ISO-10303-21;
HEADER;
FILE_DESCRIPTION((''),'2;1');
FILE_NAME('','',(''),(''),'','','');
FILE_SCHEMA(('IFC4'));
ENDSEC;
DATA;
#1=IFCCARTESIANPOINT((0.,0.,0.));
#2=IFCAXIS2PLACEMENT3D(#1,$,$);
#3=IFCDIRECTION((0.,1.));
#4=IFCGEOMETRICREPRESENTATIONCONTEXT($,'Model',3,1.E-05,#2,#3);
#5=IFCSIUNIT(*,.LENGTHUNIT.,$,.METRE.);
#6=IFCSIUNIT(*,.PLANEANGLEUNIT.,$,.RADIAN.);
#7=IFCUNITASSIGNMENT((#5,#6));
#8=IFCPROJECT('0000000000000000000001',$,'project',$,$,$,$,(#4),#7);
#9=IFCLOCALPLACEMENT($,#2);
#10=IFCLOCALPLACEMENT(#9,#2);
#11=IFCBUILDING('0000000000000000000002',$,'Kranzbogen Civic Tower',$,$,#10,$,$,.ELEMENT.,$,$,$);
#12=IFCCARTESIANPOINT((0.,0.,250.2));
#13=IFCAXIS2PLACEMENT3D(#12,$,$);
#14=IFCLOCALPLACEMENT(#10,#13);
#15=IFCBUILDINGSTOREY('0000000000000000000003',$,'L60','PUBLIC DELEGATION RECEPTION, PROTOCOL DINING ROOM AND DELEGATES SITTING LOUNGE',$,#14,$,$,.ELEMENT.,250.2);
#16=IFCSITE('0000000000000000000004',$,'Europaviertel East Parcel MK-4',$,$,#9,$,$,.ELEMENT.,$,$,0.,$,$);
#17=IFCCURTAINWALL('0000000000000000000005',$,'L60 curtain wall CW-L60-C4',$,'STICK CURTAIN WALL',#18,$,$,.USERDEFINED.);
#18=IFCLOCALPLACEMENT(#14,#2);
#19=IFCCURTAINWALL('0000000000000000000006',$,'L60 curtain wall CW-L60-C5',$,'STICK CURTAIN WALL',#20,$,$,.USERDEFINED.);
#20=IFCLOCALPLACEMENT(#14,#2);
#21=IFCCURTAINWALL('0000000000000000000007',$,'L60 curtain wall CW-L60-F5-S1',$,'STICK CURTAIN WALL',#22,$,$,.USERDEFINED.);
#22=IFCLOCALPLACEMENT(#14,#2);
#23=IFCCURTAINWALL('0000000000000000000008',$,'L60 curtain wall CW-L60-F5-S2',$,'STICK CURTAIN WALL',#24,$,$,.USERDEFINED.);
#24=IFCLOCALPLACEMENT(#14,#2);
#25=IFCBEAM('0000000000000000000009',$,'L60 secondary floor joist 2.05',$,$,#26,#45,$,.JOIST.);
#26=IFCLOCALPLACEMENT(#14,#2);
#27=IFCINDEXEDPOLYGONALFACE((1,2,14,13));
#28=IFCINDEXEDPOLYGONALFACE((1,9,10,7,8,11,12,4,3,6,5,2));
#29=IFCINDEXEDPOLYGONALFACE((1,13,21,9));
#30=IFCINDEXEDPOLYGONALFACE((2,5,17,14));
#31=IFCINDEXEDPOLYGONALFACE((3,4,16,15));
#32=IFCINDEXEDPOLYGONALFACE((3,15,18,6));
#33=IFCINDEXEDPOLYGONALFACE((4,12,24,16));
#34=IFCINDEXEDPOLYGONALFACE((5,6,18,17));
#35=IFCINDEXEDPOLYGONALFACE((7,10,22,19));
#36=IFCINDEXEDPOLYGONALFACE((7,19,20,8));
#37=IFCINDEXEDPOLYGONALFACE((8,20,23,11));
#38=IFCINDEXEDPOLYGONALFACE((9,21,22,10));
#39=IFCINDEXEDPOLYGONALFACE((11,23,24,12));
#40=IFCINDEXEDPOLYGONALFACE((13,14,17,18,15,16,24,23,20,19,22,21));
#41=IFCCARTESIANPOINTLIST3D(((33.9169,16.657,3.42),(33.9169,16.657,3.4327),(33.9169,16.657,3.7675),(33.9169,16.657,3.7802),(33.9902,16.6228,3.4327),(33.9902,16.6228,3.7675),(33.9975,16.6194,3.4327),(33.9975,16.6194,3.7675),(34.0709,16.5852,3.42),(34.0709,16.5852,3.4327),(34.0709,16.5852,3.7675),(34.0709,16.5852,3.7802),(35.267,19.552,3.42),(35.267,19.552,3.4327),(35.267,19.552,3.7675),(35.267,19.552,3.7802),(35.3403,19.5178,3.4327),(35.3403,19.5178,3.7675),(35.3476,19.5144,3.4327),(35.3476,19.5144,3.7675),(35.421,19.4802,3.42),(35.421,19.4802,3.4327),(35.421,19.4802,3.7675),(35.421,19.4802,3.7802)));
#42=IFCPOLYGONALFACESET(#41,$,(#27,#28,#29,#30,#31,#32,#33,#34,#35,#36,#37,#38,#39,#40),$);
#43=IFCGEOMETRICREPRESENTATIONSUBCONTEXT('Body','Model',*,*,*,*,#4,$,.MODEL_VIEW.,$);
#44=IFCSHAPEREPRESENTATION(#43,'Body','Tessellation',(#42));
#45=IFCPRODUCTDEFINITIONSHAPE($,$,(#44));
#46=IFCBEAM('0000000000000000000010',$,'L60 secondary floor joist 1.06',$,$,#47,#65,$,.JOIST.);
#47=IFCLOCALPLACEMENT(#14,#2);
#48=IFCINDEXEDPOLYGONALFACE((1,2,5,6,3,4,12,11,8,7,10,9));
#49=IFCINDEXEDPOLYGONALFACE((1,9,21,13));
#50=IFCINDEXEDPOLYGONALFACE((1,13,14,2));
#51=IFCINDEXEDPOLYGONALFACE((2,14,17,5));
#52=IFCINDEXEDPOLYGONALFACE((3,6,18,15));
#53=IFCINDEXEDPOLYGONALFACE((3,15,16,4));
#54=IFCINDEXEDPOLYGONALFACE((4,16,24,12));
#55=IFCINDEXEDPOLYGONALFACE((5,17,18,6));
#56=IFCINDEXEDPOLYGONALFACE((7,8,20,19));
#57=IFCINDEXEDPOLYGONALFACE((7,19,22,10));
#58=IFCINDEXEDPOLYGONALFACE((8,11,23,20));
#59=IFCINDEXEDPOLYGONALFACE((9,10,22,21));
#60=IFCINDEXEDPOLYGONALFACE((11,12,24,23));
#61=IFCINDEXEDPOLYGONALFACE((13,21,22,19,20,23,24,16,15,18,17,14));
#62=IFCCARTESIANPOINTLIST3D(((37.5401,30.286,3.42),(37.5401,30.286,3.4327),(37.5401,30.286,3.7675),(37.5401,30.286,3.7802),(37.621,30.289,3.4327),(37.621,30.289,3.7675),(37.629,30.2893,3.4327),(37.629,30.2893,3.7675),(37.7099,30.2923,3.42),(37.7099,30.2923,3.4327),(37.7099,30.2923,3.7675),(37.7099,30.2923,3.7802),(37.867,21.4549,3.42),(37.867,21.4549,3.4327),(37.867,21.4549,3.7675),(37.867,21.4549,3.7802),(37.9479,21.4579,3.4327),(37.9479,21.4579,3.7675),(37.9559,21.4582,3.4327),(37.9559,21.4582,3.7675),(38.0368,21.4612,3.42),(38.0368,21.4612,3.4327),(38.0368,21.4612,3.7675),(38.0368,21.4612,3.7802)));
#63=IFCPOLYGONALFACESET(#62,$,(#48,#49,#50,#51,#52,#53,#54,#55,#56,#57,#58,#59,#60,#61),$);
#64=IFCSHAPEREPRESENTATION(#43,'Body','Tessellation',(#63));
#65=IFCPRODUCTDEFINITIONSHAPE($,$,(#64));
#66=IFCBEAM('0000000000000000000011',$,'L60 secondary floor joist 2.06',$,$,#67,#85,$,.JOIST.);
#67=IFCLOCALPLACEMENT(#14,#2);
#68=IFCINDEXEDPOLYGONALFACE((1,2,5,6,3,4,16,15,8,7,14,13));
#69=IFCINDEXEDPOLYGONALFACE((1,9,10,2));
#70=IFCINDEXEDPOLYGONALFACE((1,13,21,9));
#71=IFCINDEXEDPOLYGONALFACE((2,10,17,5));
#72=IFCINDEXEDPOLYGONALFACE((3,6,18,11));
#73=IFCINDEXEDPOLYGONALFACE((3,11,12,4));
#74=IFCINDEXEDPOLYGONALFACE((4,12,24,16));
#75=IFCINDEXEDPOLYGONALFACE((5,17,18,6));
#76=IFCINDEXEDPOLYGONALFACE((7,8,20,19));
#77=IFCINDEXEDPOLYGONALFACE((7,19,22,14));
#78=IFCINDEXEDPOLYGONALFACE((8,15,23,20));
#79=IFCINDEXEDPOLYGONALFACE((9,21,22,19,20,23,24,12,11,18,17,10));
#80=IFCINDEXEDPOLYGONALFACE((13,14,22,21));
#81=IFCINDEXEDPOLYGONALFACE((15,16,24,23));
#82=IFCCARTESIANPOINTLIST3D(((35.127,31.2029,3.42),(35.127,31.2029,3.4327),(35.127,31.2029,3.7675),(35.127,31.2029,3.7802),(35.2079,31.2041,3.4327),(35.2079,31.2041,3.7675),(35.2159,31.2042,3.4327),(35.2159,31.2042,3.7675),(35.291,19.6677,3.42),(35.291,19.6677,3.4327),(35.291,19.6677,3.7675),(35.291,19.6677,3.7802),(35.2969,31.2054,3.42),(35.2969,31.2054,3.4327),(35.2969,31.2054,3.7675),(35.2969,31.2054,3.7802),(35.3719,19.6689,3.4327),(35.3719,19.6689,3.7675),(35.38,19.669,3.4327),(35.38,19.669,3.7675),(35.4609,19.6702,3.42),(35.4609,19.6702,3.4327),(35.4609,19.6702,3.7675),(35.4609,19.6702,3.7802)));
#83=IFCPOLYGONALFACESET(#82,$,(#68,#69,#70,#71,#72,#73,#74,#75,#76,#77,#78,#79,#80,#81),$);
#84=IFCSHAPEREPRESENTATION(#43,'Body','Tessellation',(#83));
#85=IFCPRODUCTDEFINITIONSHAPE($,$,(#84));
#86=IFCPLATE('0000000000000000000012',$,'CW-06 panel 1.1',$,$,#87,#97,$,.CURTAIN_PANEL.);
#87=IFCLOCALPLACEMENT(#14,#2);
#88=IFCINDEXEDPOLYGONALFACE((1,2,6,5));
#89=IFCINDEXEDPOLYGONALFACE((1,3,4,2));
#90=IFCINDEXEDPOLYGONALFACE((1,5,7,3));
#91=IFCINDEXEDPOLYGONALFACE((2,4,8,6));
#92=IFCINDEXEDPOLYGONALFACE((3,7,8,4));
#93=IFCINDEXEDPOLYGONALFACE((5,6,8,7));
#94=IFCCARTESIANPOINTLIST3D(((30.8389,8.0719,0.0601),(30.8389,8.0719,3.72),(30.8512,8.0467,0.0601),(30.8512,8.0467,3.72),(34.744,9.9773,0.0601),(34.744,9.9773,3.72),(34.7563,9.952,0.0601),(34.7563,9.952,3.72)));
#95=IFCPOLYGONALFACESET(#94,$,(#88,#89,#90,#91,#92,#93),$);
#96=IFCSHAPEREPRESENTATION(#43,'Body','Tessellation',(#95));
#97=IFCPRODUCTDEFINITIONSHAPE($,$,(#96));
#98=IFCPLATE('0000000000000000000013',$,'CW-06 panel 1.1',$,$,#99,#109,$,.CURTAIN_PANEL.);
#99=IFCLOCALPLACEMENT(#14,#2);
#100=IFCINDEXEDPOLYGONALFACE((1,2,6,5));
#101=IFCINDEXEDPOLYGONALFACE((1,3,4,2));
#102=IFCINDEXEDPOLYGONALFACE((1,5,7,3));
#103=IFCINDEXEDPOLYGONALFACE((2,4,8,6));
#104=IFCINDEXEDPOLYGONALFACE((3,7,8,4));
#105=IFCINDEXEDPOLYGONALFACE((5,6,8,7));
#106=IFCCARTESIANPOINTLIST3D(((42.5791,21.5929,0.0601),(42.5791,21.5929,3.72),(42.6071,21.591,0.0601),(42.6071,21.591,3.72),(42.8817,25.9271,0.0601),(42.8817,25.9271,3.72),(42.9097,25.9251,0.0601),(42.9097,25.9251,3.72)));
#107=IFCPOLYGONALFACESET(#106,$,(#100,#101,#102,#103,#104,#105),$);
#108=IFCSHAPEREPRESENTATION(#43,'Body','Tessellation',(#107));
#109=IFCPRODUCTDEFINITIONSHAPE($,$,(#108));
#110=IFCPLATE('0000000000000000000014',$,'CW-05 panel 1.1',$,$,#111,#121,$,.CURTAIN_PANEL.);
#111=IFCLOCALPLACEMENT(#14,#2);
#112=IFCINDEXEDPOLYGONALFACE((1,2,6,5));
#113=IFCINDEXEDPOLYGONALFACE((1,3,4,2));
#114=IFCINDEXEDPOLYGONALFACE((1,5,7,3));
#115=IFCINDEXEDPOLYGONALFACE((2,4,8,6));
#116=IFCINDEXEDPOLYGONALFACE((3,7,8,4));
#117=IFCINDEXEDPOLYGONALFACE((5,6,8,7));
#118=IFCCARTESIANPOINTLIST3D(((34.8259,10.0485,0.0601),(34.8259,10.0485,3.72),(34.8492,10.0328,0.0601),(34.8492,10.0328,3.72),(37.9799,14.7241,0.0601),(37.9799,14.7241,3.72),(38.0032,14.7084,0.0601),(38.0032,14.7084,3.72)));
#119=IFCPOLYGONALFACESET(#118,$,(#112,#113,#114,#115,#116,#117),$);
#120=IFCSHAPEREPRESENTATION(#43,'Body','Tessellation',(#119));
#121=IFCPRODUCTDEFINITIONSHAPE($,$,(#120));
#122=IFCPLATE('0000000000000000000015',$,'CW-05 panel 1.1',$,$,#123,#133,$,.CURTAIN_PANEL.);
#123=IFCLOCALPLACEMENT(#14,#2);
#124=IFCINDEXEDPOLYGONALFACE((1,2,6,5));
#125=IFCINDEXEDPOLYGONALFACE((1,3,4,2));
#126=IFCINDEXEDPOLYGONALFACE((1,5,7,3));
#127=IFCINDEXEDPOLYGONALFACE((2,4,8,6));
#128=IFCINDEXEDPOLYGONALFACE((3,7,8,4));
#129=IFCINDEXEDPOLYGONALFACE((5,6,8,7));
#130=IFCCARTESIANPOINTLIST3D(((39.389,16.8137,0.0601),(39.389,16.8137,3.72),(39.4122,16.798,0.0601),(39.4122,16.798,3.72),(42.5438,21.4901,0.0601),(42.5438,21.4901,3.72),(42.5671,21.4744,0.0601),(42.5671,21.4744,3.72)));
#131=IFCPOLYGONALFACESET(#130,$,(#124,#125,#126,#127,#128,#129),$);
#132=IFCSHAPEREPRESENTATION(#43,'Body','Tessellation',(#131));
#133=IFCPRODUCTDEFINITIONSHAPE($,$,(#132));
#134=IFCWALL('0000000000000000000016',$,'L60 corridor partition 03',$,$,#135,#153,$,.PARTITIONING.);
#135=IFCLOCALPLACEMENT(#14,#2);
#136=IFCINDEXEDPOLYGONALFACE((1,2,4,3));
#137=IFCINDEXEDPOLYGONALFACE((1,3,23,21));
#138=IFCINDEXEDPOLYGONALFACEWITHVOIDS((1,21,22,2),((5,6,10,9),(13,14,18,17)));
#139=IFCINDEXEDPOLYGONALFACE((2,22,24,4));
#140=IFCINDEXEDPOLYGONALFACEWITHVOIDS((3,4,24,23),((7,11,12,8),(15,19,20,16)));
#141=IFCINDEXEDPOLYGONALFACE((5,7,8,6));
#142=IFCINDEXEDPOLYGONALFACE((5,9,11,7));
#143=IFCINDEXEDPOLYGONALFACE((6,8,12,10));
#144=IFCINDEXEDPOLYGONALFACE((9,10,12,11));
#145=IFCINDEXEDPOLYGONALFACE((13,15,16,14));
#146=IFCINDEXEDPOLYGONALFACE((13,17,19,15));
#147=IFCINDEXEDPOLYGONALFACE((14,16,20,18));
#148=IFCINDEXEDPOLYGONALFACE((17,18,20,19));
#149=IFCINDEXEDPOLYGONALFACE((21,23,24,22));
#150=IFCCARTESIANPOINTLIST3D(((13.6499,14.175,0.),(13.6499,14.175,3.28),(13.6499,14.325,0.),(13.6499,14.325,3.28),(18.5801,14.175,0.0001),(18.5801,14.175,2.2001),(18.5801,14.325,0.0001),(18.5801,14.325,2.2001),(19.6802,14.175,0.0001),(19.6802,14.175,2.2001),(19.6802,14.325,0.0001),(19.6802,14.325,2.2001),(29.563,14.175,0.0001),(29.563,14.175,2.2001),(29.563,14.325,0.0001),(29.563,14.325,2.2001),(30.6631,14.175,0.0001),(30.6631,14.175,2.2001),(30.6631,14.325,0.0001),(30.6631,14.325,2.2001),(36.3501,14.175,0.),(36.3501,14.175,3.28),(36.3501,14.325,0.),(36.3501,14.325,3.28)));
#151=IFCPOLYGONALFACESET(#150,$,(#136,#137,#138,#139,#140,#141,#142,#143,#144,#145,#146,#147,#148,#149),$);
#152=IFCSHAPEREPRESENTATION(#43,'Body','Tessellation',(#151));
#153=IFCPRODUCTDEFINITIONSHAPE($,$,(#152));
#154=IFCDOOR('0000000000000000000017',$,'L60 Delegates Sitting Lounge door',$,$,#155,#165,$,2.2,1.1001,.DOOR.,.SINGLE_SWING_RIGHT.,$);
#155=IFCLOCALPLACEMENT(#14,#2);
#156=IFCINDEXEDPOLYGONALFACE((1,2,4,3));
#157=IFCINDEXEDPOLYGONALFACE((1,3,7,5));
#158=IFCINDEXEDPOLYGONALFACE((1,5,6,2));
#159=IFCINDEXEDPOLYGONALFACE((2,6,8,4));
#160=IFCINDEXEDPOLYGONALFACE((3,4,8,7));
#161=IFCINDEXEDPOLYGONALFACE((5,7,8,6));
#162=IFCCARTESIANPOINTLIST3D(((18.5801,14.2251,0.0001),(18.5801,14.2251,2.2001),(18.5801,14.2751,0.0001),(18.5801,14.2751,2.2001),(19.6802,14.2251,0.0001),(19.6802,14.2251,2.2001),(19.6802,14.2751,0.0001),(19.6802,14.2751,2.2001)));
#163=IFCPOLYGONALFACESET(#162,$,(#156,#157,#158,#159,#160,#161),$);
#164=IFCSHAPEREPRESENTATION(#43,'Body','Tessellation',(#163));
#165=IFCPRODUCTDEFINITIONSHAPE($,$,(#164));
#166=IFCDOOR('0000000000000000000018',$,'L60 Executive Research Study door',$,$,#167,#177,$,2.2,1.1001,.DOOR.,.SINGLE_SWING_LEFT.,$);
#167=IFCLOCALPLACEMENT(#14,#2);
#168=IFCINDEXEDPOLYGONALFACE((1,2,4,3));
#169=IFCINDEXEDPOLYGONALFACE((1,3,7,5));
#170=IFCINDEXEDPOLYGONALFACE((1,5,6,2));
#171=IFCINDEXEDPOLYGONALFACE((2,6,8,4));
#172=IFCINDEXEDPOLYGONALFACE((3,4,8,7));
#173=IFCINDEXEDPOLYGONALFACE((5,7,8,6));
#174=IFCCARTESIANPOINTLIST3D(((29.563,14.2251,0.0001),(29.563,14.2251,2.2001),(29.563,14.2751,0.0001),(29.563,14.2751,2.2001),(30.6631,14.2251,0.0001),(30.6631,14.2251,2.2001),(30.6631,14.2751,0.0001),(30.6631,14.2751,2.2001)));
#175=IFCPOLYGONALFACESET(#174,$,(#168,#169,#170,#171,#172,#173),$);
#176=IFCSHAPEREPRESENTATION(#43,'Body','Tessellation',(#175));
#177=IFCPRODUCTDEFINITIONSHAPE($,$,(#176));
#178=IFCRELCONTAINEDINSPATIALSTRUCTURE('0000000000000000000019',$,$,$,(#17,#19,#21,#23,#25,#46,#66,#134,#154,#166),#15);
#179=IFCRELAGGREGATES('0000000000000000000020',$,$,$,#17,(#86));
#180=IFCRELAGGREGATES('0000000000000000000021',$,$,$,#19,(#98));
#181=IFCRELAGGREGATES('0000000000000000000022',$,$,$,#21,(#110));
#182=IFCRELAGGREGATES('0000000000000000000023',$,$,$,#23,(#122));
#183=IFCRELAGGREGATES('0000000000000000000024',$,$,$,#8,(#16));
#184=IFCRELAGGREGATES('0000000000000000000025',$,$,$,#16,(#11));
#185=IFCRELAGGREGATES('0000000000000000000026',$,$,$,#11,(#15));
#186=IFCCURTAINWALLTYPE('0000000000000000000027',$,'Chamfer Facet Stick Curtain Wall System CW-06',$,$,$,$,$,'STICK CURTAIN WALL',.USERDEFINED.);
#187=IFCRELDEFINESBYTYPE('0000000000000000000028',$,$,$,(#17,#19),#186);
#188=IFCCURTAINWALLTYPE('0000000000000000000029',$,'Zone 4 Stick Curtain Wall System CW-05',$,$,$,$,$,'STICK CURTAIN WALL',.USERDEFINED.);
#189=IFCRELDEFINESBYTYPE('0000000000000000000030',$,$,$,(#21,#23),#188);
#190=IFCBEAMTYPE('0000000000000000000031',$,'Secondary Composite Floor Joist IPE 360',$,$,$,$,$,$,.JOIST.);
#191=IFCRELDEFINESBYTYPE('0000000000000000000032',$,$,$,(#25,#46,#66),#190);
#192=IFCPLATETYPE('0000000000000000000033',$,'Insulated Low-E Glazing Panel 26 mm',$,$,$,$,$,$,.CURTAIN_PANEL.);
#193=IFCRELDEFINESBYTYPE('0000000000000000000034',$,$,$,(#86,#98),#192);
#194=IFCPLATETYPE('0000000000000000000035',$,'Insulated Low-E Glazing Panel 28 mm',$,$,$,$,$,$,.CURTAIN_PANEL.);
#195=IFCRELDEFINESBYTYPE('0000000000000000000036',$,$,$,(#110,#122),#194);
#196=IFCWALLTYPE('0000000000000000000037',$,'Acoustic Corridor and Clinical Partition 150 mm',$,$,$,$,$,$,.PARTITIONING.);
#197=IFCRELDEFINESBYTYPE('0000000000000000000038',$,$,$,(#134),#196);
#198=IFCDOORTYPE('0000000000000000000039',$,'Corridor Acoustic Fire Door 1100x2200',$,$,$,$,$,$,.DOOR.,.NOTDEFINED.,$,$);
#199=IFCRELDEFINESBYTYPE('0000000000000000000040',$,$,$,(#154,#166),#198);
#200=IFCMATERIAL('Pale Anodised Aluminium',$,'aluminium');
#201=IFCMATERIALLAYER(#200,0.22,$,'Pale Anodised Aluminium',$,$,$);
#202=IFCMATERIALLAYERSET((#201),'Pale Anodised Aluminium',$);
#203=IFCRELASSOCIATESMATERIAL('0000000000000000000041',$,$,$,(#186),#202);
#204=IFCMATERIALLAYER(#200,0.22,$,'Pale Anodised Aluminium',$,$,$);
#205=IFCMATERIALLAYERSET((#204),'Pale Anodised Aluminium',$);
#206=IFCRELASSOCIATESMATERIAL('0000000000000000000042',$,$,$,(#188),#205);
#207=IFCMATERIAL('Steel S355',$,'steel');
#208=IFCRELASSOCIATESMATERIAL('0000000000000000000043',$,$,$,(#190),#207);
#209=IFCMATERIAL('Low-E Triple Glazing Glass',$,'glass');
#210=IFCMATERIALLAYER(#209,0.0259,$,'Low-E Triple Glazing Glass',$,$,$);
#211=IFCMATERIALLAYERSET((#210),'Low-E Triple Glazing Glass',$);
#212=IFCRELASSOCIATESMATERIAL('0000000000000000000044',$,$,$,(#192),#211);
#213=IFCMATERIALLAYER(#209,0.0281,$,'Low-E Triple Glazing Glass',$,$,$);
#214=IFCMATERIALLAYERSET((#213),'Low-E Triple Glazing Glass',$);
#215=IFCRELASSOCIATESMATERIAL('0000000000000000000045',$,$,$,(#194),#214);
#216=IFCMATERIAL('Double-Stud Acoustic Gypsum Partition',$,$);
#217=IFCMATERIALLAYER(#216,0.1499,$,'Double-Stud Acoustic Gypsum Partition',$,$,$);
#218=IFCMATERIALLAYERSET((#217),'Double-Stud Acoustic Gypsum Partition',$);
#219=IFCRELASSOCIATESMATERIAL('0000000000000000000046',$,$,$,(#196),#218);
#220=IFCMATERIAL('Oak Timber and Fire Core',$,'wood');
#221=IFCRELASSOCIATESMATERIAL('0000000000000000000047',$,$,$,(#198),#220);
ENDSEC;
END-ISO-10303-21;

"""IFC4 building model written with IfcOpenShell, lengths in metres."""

from ifc_helpers import new_model, si_unit, direction, frame, frame_2d, origin, origin_2d, place, context, subcontext, project, spatial, rectangle, i_section, extrude, material, layer, layer_set, material_profile, profile_set, type_object, element, fill, aggregate, save


model = new_model("IFC4")

# Units and contexts
model_context = context("Model", 3, precision=1e-05, world=origin(), true_north=direction((0.0, 1.0)))
body_context = subcontext(model_context, "Body", "Model", "MODEL_VIEW")
ifc_project = project(units=[si_unit("LENGTHUNIT", "METRE"), si_unit("PLANEANGLEUNIT", "RADIAN")], contexts=[model_context])

# Site, building, storey
site_placement = place(None, origin())
site = spatial("IfcSite", under=ifc_project, at=site_placement, Name="Europaviertel East Parcel MK-4", CompositionType="ELEMENT", RefElevation=0.0)
building_placement = place(site_placement, origin())
building = spatial("IfcBuilding", under=site, at=building_placement, Name="Kranzbogen Civic Tower", CompositionType="ELEMENT")
storey_placement = place(building_placement, frame((0.0, 0.0, 250.2)))
storey = spatial("IfcBuildingStorey", under=building, at=storey_placement, Name="L60", Description="PUBLIC DELEGATION RECEPTION, PROTOCOL DINING ROOM AND DELEGATES SITTING LOUNGE", CompositionType="ELEMENT", Elevation=250.2)

# Shared definitions
ifc_material_1 = material(Name="Steel S355", Category="steel")

# Curtain walls
ifc_material_2 = material(Name="Pale Anodised Aluminium", Category="aluminium")
ifc_layer_1 = layer(ifc_material_2, 0.22, Name="Pale Anodised Aluminium")
ifc_layer_set_1 = layer_set([ifc_layer_1], Name="Pale Anodised Aluminium")
curtain_wall_type_1 = type_object("IfcCurtainWallType", Name="Chamfer Facet Stick Curtain Wall System CW-06", ElementType="STICK CURTAIN WALL", PredefinedType="USERDEFINED", material=ifc_layer_set_1)
curtain_wall_1_placement = place(storey_placement, origin())
curtain_wall_1 = element("IfcCurtainWall", 1, at=curtain_wall_1_placement, inside=storey, type_object=curtain_wall_type_1, Name="L60 curtain wall CW-L60-C4", ObjectType="STICK CURTAIN WALL", PredefinedType="USERDEFINED")
curtain_wall_2_placement = place(storey_placement, origin())
curtain_wall_2 = element("IfcCurtainWall", 2, at=curtain_wall_2_placement, inside=storey, type_object=curtain_wall_type_1, Name="L60 curtain wall CW-L60-C5", ObjectType="STICK CURTAIN WALL", PredefinedType="USERDEFINED")

# Curtain walls
ifc_layer_2 = layer(ifc_material_2, 0.22, Name="Pale Anodised Aluminium")
ifc_layer_set_2 = layer_set([ifc_layer_2], Name="Pale Anodised Aluminium")
curtain_wall_type_2 = type_object("IfcCurtainWallType", Name="Zone 4 Stick Curtain Wall System CW-05", ElementType="STICK CURTAIN WALL", PredefinedType="USERDEFINED", material=ifc_layer_set_2)
curtain_wall_3_placement = place(storey_placement, origin())
curtain_wall_3 = element("IfcCurtainWall", 3, at=curtain_wall_3_placement, inside=storey, type_object=curtain_wall_type_2, Name="L60 curtain wall CW-L60-F5-S1", ObjectType="STICK CURTAIN WALL", PredefinedType="USERDEFINED")
curtain_wall_4_placement = place(storey_placement, origin())
curtain_wall_4 = element("IfcCurtainWall", 4, at=curtain_wall_4_placement, inside=storey, type_object=curtain_wall_type_2, Name="L60 curtain wall CW-L60-F5-S2", ObjectType="STICK CURTAIN WALL", PredefinedType="USERDEFINED")

# Beams
ifc_material_profile_1 = material_profile(ifc_material_1, i_section(OverallWidth=0.1699, OverallDepth=0.3601, WebThickness=0.0081, FlangeThickness=0.0127, at=origin_2d()), Name="IPE 360")
ifc_profile_set_1 = profile_set([ifc_material_profile_1], Name="Steel S355")
beam_type_1 = type_object("IfcBeamType", Name="Secondary Composite Floor Joist IPE 360", PredefinedType="JOIST", material=ifc_profile_set_1)
beam_1_placement = place(storey_placement, frame((33.9939, 16.6211, 3.6001), z_axis=(0.422651, 0.906292, 0.0), x_axis=(-0.906292, 0.422651, 0.0)))
element("IfcBeam", 5, at=beam_1_placement, inside=storey, type_object=beam_type_1, Name="L60 secondary floor joist 2.05", PredefinedType="JOIST", context=body_context, shape_type="SweptSolid", body=[
    extrude(i_section(OverallWidth=0.1699, OverallDepth=0.3601, WebThickness=0.0081, FlangeThickness=0.0127, at=origin_2d()), origin(), (0.0, 0.0, 1.0), 3.1943),
])
beam_2_placement = place(storey_placement, frame((37.9519, 21.458, 3.6001), z_axis=(-0.036992, 0.999316, 0.0), x_axis=(-0.999316, -0.036992, 0.0)))
element("IfcBeam", 6, at=beam_2_placement, inside=storey, type_object=beam_type_1, Name="L60 secondary floor joist 1.06", PredefinedType="JOIST", context=body_context, shape_type="SweptSolid", body=[
    extrude(i_section(OverallWidth=0.1699, OverallDepth=0.3601, WebThickness=0.0081, FlangeThickness=0.0127, at=origin_2d()), origin(), (0.0, 0.0, 1.0), 8.8372),
])
beam_3_placement = place(storey_placement, frame((35.376, 19.6689, 3.6001), z_axis=(-0.014221, 0.999899, 0.0), x_axis=(-0.999899, -0.014221, 0.0)))
element("IfcBeam", 7, at=beam_3_placement, inside=storey, type_object=beam_type_1, Name="L60 secondary floor joist 2.06", PredefinedType="JOIST", context=body_context, shape_type="SweptSolid", body=[
    extrude(i_section(OverallWidth=0.1699, OverallDepth=0.3601, WebThickness=0.0081, FlangeThickness=0.0127, at=origin_2d()), origin(), (0.0, 0.0, 1.0), 11.5364),
])

# Plates
ifc_material_3 = material(Name="Low-E Triple Glazing Glass", Category="glass")
ifc_layer_3 = layer(ifc_material_3, 0.0259, Name="Low-E Triple Glazing Glass")
ifc_layer_set_3 = layer_set([ifc_layer_3], Name="Low-E Triple Glazing Glass")
plate_type_1 = type_object("IfcPlateType", Name="Insulated Low-E Glazing Panel 26 mm", PredefinedType="CURTAIN_PANEL", material=ifc_layer_set_3)
plate_1_placement = place(storey_placement, frame((32.7976, 9.012, 0.0601), z_axis=(0.0, 0.0, 1.0), x_axis=(0.89873, 0.438503, 0.0)))
plate_1 = element("IfcPlate", 8, at=plate_1_placement, type_object=plate_type_1, Name="CW-06 panel 1.1", PredefinedType="CURTAIN_PANEL", context=body_context, shape_type="SweptSolid", body=[
    extrude(rectangle(XDim=4.3452, YDim=0.0281, at=origin_2d()), origin(), (0.0, 0.0, 1.0), 3.6599),
])
aggregate(curtain_wall_1, [plate_1])
plate_2_placement = place(storey_placement, frame((42.7444, 23.759, 0.0601), z_axis=(0.0, 0.0, 1.0), x_axis=(0.069655, 0.997571, 0.0)))
plate_2 = element("IfcPlate", 9, at=plate_2_placement, type_object=plate_type_1, Name="CW-06 panel 1.1", PredefinedType="CURTAIN_PANEL", context=body_context, shape_type="SweptSolid", body=[
    extrude(rectangle(XDim=4.3447, YDim=0.0281, at=origin_2d()), origin(), (0.0, 0.0, 1.0), 3.6599),
])
aggregate(curtain_wall_2, [plate_2])
ifc_layer_4 = layer(ifc_material_3, 0.0281, Name="Low-E Triple Glazing Glass")
ifc_layer_set_4 = layer_set([ifc_layer_4], Name="Low-E Triple Glazing Glass")
plate_type_2 = type_object("IfcPlateType", Name="Insulated Low-E Glazing Panel 28 mm", PredefinedType="CURTAIN_PANEL", material=ifc_layer_set_4)
plate_3_placement = place(storey_placement, frame((36.4146, 12.3784, 0.0601), z_axis=(0.0, 0.0, 1.0), x_axis=(0.559219, 0.82902, 0.0)))
plate_3 = element("IfcPlate", 10, at=plate_3_placement, type_object=plate_type_2, Name="CW-05 panel 1.1", PredefinedType="CURTAIN_PANEL", context=body_context, shape_type="SweptSolid", body=[
    extrude(rectangle(XDim=5.6399, YDim=0.0281, at=origin_2d()), origin(), (0.0, 0.0, 1.0), 3.6599),
])
aggregate(curtain_wall_3, [plate_3])
plate_4_placement = place(storey_placement, frame((40.978, 19.144, 0.0601), z_axis=(0.0, 0.0, 1.0), x_axis=(0.559258, 0.828994, 0.0)))
plate_4 = element("IfcPlate", 11, at=plate_4_placement, type_object=plate_type_2, Name="CW-05 panel 1.1", PredefinedType="CURTAIN_PANEL", context=body_context, shape_type="SweptSolid", body=[
    extrude(rectangle(XDim=5.6411, YDim=0.0281, at=origin_2d()), origin(), (0.0, 0.0, 1.0), 3.6599),
])
aggregate(curtain_wall_4, [plate_4])

# Wall, openings, doors
ifc_material_4 = material(Name="Double-Stud Acoustic Gypsum Partition")
ifc_layer_5 = layer(ifc_material_4, 0.1499, Name="Double-Stud Acoustic Gypsum Partition")
ifc_layer_set_5 = layer_set([ifc_layer_5], Name="Double-Stud Acoustic Gypsum Partition")
wall_type_1 = type_object("IfcWallType", Name="Acoustic Corridor and Clinical Partition 150 mm", PredefinedType="PARTITIONING", material=ifc_layer_set_5)
wall_1_placement = place(storey_placement, frame((36.3501, 14.25, 0.0), z_axis=(0.0, 0.0, 1.0), x_axis=(-1.0, 0.0, 0.0)))
wall_1 = element("IfcWall", 12, at=wall_1_placement, inside=storey, type_object=wall_type_1, Name="L60 corridor partition 03", PredefinedType="PARTITIONING", context=body_context, shape_type="SweptSolid", body=[
    extrude(rectangle(XDim=22.7002, YDim=0.1499, at=frame_2d((11.3501, 0.0))), origin(), (0.0, 0.0, 1.0), 3.28),
])
opening_1_placement = place(wall_1_placement, frame((16.6699, 0.0, 0.0)))
opening_1 = element("IfcOpeningElement", 13, at=opening_1_placement, cuts=wall_1, PredefinedType="OPENING", context=body_context, shape_type="SweptSolid", body=[
    extrude(rectangle(XDim=1.1001, YDim=2.2, at=frame_2d((0.55, 1.1001))), frame((0.0, 0.085, 0.0), z_axis=(0.0, -1.0, 0.0), x_axis=(1.0, 0.0, 0.0)), (0.0, 0.0, 1.0), 0.1699),
])
opening_2_placement = place(wall_1_placement, frame((5.687, 0.0, 0.0)))
opening_2 = element("IfcOpeningElement", 14, at=opening_2_placement, cuts=wall_1, PredefinedType="OPENING", context=body_context, shape_type="SweptSolid", body=[
    extrude(rectangle(XDim=1.1001, YDim=2.2, at=frame_2d((0.55, 1.1001))), frame((0.0, 0.085, 0.0), z_axis=(0.0, -1.0, 0.0), x_axis=(1.0, 0.0, 0.0)), (0.0, 0.0, 1.0), 0.1699),
])
ifc_material_5 = material(Name="Oak Timber and Fire Core", Category="wood")
door_type_1 = type_object("IfcDoorType", Name="Corridor Acoustic Fire Door 1100x2200", OperationType="NOTDEFINED", PredefinedType="DOOR", material=ifc_material_5)
door_1_placement = place(opening_1_placement, origin())
door_1 = element("IfcDoor", 15, at=door_1_placement, inside=storey, type_object=door_type_1, Name="L60 Delegates Sitting Lounge door", OperationType="SINGLE_SWING_RIGHT", OverallHeight=2.2, OverallWidth=1.1001, PredefinedType="DOOR", context=body_context, shape_type="SweptSolid", body=[
    extrude(rectangle(XDim=1.1001, YDim=2.2, at=frame_2d((0.55, 1.1001))), frame((0.0, 0.0249, 0.0), z_axis=(0.0, -1.0, 0.0), x_axis=(1.0, 0.0, 0.0)), (0.0, 0.0, 1.0), 0.05),
])
fill(opening_1, door_1)
door_2_placement = place(opening_2_placement, origin())
door_2 = element("IfcDoor", 16, at=door_2_placement, inside=storey, type_object=door_type_1, Name="L60 Executive Research Study door", OperationType="SINGLE_SWING_LEFT", OverallHeight=2.2, OverallWidth=1.1001, PredefinedType="DOOR", context=body_context, shape_type="SweptSolid", body=[
    extrude(rectangle(XDim=1.1001, YDim=2.2, at=frame_2d((0.55, 1.1001))), frame((0.0, 0.0249, 0.0), z_axis=(0.0, -1.0, 0.0), x_axis=(1.0, 0.0, 0.0)), (0.0, 0.0, 1.0), 0.05),
])
fill(opening_2, door_2)

save(model, "model.ifc")
